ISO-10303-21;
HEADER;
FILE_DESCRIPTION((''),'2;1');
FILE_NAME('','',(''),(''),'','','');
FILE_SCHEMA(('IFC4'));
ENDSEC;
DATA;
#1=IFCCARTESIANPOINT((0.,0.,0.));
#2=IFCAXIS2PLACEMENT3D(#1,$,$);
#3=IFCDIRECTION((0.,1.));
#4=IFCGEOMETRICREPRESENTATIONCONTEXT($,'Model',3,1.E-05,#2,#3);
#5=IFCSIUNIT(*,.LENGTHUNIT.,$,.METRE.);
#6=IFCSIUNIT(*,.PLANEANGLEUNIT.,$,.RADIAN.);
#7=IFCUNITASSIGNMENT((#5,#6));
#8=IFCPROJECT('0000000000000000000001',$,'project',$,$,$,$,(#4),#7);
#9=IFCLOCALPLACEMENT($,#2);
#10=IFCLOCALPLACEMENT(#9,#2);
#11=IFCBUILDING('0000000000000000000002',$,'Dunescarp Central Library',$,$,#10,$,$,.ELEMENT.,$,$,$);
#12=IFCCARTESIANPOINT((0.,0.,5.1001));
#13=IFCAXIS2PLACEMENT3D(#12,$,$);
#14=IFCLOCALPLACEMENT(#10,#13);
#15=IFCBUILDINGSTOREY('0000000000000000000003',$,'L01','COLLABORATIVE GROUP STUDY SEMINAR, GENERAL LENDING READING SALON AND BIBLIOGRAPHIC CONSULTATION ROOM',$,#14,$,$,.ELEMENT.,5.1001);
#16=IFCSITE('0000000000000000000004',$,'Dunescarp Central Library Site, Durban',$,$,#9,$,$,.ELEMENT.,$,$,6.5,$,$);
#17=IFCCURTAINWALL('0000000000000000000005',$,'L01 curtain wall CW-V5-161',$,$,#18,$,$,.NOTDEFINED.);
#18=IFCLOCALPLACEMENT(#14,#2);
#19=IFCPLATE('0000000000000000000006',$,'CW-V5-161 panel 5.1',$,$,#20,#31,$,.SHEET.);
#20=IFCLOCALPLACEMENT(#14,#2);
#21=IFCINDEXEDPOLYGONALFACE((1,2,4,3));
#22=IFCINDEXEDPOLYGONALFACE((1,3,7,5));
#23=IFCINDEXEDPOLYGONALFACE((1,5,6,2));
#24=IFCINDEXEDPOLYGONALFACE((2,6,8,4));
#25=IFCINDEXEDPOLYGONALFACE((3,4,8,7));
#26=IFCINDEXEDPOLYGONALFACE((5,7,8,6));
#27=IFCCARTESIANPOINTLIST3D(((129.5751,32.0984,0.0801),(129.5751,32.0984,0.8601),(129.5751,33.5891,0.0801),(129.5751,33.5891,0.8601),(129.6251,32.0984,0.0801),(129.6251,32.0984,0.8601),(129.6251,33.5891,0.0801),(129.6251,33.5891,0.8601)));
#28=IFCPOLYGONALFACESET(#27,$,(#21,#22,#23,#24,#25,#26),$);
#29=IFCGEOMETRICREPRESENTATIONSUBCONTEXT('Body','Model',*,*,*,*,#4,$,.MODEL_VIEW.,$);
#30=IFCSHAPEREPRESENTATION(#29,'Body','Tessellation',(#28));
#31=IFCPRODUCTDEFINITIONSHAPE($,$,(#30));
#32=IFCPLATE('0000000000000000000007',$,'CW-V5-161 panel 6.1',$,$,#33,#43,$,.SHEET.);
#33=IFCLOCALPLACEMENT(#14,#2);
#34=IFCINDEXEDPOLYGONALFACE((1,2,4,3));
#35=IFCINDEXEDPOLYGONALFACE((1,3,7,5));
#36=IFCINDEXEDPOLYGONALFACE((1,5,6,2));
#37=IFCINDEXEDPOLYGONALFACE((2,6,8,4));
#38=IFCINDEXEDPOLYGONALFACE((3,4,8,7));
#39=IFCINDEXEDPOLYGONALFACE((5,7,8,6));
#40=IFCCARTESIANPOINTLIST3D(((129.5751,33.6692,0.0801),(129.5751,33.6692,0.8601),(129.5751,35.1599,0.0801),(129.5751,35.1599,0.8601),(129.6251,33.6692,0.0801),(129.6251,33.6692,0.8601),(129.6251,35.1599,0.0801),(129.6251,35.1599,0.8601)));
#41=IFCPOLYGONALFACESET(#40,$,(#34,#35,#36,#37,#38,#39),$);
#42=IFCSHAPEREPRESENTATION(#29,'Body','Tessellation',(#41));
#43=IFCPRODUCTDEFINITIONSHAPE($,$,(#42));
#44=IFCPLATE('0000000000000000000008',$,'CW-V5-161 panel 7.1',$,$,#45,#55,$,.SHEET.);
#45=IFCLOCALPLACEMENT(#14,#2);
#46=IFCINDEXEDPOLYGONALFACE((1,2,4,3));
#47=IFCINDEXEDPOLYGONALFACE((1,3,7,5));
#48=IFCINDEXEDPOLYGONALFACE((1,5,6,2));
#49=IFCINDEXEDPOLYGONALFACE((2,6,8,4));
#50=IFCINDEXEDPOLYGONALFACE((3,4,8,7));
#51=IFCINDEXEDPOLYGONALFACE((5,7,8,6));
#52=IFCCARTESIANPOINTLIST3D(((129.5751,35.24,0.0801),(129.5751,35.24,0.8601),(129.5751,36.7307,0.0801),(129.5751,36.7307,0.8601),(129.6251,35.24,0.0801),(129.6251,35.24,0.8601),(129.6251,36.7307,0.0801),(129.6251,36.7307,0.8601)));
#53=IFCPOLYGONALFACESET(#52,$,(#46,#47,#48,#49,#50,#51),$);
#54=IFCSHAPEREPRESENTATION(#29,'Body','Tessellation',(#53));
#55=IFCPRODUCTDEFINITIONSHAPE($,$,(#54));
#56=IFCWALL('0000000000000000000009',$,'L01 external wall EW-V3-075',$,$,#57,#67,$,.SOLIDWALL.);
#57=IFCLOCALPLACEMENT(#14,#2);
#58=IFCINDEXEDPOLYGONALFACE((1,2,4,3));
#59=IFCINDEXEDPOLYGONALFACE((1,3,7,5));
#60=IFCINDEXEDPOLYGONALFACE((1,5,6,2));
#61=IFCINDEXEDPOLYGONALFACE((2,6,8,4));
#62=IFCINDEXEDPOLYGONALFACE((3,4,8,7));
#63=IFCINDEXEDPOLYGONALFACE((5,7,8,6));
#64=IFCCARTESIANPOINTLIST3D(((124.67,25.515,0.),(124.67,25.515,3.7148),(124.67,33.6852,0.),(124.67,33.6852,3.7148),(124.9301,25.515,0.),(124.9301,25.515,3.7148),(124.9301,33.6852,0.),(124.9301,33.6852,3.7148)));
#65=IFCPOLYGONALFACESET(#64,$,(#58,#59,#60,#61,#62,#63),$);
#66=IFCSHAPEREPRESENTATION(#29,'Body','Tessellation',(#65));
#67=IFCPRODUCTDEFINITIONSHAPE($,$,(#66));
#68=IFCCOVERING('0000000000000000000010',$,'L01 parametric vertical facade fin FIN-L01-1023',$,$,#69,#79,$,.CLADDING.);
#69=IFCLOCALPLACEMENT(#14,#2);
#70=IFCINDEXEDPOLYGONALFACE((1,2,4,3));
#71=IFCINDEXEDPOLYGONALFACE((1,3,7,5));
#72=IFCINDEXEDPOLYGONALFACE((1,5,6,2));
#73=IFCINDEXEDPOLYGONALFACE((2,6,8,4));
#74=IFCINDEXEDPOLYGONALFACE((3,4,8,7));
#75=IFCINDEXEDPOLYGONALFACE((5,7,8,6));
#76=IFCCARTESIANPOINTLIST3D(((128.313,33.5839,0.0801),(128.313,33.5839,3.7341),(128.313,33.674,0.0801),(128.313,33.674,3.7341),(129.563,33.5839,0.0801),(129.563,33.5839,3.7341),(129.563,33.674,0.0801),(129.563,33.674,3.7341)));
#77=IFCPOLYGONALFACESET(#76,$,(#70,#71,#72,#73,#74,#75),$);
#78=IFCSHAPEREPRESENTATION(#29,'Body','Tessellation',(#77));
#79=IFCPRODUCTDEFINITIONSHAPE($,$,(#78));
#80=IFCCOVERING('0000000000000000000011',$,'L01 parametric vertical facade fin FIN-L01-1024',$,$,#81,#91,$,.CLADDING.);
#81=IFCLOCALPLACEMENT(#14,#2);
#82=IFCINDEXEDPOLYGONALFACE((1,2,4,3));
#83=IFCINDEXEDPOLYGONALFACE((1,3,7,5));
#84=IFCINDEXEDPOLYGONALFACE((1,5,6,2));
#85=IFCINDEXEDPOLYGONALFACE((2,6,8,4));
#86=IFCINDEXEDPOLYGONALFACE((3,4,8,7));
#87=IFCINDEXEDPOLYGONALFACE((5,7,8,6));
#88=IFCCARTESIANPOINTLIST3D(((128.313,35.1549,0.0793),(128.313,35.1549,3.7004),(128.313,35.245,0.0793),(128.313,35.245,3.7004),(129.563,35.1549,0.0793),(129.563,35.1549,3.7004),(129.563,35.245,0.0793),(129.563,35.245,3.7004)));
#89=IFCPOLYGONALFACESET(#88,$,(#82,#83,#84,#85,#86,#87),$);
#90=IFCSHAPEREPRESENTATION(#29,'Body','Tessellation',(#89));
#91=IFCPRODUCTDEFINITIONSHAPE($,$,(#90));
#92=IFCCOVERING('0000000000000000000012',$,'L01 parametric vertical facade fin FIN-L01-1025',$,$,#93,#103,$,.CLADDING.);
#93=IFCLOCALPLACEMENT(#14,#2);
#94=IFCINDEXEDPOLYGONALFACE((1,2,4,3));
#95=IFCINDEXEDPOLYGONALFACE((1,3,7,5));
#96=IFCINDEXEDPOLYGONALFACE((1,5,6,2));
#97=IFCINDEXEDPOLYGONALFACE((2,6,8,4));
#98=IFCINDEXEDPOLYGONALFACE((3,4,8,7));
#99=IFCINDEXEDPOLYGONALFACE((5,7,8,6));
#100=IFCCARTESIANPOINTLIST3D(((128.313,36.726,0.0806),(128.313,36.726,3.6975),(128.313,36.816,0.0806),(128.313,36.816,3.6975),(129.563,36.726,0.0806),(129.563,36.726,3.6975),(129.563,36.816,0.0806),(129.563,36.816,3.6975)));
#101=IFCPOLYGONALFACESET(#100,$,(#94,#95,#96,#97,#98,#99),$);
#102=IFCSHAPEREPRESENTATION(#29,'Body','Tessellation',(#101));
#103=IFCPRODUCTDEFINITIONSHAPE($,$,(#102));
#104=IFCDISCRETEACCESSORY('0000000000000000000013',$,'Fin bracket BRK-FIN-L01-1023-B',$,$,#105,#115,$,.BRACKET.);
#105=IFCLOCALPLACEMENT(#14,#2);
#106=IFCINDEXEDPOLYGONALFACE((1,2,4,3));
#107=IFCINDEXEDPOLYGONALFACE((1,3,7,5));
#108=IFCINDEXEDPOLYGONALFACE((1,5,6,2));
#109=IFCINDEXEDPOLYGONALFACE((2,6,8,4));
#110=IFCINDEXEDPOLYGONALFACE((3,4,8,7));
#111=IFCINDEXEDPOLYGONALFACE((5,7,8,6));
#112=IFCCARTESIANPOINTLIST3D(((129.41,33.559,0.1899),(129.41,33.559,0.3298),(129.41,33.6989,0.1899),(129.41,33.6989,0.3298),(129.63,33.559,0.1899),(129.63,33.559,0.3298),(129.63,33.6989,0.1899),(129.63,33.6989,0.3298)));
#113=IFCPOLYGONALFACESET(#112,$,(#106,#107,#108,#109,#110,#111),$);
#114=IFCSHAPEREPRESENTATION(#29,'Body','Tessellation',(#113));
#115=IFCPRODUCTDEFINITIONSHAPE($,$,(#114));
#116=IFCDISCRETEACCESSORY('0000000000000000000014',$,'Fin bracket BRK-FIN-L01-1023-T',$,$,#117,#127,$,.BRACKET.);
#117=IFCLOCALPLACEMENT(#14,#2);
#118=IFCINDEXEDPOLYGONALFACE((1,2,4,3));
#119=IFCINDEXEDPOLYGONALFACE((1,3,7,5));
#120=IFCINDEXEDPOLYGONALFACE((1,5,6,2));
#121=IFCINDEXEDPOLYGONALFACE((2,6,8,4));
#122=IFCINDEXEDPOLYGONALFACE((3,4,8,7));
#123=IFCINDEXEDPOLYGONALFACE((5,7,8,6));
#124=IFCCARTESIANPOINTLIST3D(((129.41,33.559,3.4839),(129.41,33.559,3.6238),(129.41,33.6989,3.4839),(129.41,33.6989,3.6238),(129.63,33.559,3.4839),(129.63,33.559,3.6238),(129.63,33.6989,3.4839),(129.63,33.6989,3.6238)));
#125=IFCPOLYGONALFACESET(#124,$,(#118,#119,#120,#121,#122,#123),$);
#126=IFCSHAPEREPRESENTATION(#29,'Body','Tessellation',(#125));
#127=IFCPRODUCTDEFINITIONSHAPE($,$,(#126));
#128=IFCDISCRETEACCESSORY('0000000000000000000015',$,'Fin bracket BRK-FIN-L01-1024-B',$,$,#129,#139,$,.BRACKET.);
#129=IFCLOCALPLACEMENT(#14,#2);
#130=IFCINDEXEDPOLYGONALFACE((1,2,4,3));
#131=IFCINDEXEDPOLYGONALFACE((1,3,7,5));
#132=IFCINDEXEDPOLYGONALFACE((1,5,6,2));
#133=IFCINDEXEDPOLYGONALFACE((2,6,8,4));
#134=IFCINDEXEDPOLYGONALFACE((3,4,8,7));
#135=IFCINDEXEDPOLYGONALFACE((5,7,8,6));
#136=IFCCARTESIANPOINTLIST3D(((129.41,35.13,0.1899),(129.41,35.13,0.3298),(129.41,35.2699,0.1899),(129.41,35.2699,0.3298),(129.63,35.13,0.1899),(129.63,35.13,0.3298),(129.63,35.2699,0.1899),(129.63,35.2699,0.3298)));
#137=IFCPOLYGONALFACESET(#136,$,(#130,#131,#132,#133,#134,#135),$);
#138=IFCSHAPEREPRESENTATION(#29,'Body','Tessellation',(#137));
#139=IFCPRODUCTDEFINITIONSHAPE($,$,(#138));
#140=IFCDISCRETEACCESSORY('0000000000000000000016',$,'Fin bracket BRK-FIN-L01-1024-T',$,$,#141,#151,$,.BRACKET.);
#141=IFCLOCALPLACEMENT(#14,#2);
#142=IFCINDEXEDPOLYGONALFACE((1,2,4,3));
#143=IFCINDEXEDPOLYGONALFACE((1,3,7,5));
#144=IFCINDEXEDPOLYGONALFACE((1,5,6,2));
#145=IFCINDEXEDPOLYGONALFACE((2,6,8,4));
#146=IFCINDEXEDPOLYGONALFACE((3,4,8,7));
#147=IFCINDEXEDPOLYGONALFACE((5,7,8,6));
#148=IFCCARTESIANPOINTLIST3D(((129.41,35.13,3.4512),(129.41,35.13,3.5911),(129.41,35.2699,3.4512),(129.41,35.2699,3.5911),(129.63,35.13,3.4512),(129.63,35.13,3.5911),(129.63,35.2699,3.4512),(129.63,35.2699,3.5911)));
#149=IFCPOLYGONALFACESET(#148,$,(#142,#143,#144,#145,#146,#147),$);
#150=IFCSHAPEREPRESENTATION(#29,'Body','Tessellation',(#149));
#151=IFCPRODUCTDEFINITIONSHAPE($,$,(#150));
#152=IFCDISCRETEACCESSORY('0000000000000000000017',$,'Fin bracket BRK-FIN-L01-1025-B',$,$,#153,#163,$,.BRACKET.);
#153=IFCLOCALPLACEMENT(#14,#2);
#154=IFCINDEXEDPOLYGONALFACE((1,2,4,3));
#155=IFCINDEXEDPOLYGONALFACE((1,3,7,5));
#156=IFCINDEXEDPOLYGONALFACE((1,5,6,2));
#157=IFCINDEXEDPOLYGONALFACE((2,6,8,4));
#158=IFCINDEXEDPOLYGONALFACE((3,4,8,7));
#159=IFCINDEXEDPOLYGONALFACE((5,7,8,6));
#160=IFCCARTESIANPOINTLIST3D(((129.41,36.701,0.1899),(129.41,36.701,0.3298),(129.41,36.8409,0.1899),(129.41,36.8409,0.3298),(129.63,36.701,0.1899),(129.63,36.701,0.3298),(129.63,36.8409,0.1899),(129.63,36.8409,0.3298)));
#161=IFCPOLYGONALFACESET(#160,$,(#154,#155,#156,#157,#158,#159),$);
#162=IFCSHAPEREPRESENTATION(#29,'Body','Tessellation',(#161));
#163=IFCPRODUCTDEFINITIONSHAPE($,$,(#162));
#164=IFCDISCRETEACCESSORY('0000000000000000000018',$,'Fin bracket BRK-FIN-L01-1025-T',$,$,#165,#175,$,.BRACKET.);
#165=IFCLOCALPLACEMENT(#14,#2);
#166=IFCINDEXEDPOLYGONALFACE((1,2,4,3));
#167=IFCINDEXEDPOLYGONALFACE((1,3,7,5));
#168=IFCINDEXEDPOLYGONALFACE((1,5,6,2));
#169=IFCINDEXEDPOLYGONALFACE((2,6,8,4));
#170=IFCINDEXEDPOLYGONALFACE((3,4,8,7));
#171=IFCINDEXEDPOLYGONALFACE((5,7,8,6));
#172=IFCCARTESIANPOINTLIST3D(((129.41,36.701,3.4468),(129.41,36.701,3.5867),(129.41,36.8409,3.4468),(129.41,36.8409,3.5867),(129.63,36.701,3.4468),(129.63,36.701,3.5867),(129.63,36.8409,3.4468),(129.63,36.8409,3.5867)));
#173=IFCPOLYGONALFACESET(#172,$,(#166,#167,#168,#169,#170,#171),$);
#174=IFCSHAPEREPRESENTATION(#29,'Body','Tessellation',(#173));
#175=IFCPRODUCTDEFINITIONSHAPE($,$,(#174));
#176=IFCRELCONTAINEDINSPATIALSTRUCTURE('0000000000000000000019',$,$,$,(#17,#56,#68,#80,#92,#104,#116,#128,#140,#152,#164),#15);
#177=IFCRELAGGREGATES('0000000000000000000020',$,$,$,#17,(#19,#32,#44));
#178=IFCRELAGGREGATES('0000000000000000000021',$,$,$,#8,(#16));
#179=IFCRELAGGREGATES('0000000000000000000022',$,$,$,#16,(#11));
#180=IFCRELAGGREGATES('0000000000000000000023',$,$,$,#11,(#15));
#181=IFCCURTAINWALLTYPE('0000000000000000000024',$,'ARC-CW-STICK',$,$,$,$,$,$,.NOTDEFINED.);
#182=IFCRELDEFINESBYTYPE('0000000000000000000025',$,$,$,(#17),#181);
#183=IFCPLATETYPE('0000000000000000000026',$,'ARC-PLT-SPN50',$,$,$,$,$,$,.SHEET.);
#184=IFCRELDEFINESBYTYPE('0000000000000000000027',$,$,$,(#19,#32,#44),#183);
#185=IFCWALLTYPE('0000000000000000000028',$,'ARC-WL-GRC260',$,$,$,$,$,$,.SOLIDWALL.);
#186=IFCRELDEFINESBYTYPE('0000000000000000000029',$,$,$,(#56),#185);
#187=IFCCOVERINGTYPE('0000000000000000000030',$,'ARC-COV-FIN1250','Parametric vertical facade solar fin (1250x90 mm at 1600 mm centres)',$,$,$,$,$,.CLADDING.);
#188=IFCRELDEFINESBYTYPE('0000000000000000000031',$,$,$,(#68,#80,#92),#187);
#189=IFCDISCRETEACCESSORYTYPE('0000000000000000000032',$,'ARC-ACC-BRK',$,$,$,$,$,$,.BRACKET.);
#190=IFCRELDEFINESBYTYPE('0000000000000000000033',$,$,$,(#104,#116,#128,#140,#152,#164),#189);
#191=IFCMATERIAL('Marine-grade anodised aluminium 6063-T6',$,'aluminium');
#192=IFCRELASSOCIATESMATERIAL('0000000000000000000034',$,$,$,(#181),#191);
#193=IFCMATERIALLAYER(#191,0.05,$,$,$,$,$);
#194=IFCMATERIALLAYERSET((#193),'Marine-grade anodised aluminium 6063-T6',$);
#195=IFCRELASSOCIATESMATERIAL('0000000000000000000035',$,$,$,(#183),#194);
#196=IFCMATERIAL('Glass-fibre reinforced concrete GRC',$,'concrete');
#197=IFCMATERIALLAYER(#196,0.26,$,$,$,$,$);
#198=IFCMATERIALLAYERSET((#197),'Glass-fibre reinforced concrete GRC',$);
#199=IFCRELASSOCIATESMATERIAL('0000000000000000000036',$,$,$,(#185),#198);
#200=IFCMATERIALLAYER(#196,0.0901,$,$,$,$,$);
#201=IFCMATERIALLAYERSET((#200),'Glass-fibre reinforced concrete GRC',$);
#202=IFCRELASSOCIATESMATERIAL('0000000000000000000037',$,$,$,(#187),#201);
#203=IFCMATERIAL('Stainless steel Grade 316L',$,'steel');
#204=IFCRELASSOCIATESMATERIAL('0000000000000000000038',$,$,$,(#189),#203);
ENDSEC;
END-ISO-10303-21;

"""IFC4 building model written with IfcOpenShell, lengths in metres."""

from ifc_helpers import new_model, si_unit, direction, frame, frame_2d, origin, origin_2d, place, context, subcontext, project, spatial, rectangle, extrude, material, layer, layer_set, type_object, element, aggregate, save


model = new_model("IFC4")

# Units and contexts
model_context = context("Model", 3, precision=1e-05, world=origin(), true_north=direction((0.0, 1.0)))
body_context = subcontext(model_context, "Body", "Model", "MODEL_VIEW")
ifc_project = project(units=[si_unit("LENGTHUNIT", "METRE"), si_unit("PLANEANGLEUNIT", "RADIAN")], contexts=[model_context])

# Site, building, storey
site_placement = place(None, origin())
site = spatial("IfcSite", under=ifc_project, at=site_placement, Name="Dunescarp Central Library Site, Durban", CompositionType="ELEMENT", RefElevation=6.5)
building_placement = place(site_placement, origin())
building = spatial("IfcBuilding", under=site, at=building_placement, Name="Dunescarp Central Library", CompositionType="ELEMENT")
storey_placement = place(building_placement, frame((0.0, 0.0, 5.1001)))
storey = spatial("IfcBuildingStorey", under=building, at=storey_placement, Name="L01", Description="COLLABORATIVE GROUP STUDY SEMINAR, GENERAL LENDING READING SALON AND BIBLIOGRAPHIC CONSULTATION ROOM", CompositionType="ELEMENT", Elevation=5.1001)

# Curtain wall, plates
ifc_material_1 = material(Name="Marine-grade anodised aluminium 6063-T6", Category="aluminium")
curtain_wall_type = type_object("IfcCurtainWallType", Name="ARC-CW-STICK", PredefinedType="NOTDEFINED", material=ifc_material_1)
curtain_wall_placement = place(storey_placement, origin())
curtain_wall = element("IfcCurtainWall", 1, at=curtain_wall_placement, inside=storey, type_object=curtain_wall_type, Name="L01 curtain wall CW-V5-161", PredefinedType="NOTDEFINED")
ifc_layer_1 = layer(ifc_material_1, 0.05)
ifc_layer_set_1 = layer_set([ifc_layer_1], Name="Marine-grade anodised aluminium 6063-T6")
plate_type_1 = type_object("IfcPlateType", Name="ARC-PLT-SPN50", PredefinedType="SHEET", material=ifc_layer_set_1)
plate_1_placement = place(storey_placement, frame((129.6001, 32.8438, 0.0801), z_axis=(0.0, 0.0, 1.0), x_axis=(0.0, 1.0, 0.0)))
plate_1 = element("IfcPlate", 2, at=plate_1_placement, type_object=plate_type_1, Name="CW-V5-161 panel 5.1", PredefinedType="SHEET", context=body_context, shape_type="SweptSolid", body=[
    extrude(rectangle(XDim=1.4907, YDim=0.05, at=origin_2d()), origin(), (0.0, 0.0, 1.0), 0.78),
])
plate_2_placement = place(storey_placement, frame((129.6001, 34.4146, 0.0801), z_axis=(0.0, 0.0, 1.0), x_axis=(0.0, 1.0, 0.0)))
plate_2 = element("IfcPlate", 3, at=plate_2_placement, type_object=plate_type_1, Name="CW-V5-161 panel 6.1", PredefinedType="SHEET", context=body_context, shape_type="SweptSolid", body=[
    extrude(rectangle(XDim=1.4907, YDim=0.05, at=origin_2d()), origin(), (0.0, 0.0, 1.0), 0.78),
])
plate_3_placement = place(storey_placement, frame((129.6001, 35.9854, 0.0801), z_axis=(0.0, 0.0, 1.0), x_axis=(0.0, 1.0, 0.0)))
plate_3 = element("IfcPlate", 4, at=plate_3_placement, type_object=plate_type_1, Name="CW-V5-161 panel 7.1", PredefinedType="SHEET", context=body_context, shape_type="SweptSolid", body=[
    extrude(rectangle(XDim=1.4907, YDim=0.05, at=origin_2d()), origin(), (0.0, 0.0, 1.0), 0.78),
])
aggregate(curtain_wall, [plate_1, plate_2, plate_3])

# Wall
ifc_material_2 = material(Name="Glass-fibre reinforced concrete GRC", Category="concrete")
ifc_layer_2 = layer(ifc_material_2, 0.26)
ifc_layer_set_2 = layer_set([ifc_layer_2], Name="Glass-fibre reinforced concrete GRC")
wall_type = type_object("IfcWallType", Name="ARC-WL-GRC260", PredefinedType="SOLIDWALL", material=ifc_layer_set_2)
wall_placement = place(storey_placement, frame((124.8, 33.6851, 0.0), z_axis=(0.0, 0.0, 1.0), x_axis=(0.0, -1.0, 0.0)))
element("IfcWall", 5, at=wall_placement, inside=storey, type_object=wall_type, Name="L01 external wall EW-V3-075", PredefinedType="SOLIDWALL", context=body_context, shape_type="SweptSolid", body=[
    extrude(rectangle(XDim=8.1702, YDim=0.26, at=frame_2d((4.085, 0.0))), origin(), (0.0, 0.0, 1.0), 3.7148),
])

# Coverings
ifc_layer_3 = layer(ifc_material_2, 0.0901)
ifc_layer_set_3 = layer_set([ifc_layer_3], Name="Glass-fibre reinforced concrete GRC")
covering_type = type_object("IfcCoveringType", Name="ARC-COV-FIN1250", Description="Parametric vertical facade solar fin (1250x90 mm at 1600 mm centres)", PredefinedType="CLADDING", material=ifc_layer_set_3)
covering_1_placement = place(storey_placement, frame((128.938, 33.6289, 0.0801), z_axis=(0.0, 0.0, 1.0), x_axis=(-1.0, 0.0, 0.0)))
element("IfcCovering", 6, at=covering_1_placement, inside=storey, type_object=covering_type, Name="L01 parametric vertical facade fin FIN-L01-1023", PredefinedType="CLADDING", context=body_context, shape_type="SweptSolid", body=[
    extrude(rectangle(XDim=1.25, YDim=0.0901, at=origin_2d()), origin(), (0.0, 0.0, 1.0), 3.6541),
])
covering_2_placement = place(storey_placement, frame((128.938, 35.2, 0.0793), z_axis=(0.0, 0.0, 1.0), x_axis=(-1.0, 0.0, 0.0)))
element("IfcCovering", 7, at=covering_2_placement, inside=storey, type_object=covering_type, Name="L01 parametric vertical facade fin FIN-L01-1024", PredefinedType="CLADDING", context=body_context, shape_type="SweptSolid", body=[
    extrude(rectangle(XDim=1.25, YDim=0.0901, at=origin_2d()), origin(), (0.0, 0.0, 1.0), 3.6211),
])
covering_3_placement = place(storey_placement, frame((128.938, 36.771, 0.0806), z_axis=(0.0, 0.0, 1.0), x_axis=(-1.0, 0.0, 0.0)))
element("IfcCovering", 8, at=covering_3_placement, inside=storey, type_object=covering_type, Name="L01 parametric vertical facade fin FIN-L01-1025", PredefinedType="CLADDING", context=body_context, shape_type="SweptSolid", body=[
    extrude(rectangle(XDim=1.25, YDim=0.0901, at=origin_2d()), origin(), (0.0, 0.0, 1.0), 3.6169),
])

# Discrete accessories
ifc_material_3 = material(Name="Stainless steel Grade 316L", Category="steel")
discrete_accessory_type = type_object("IfcDiscreteAccessoryType", Name="ARC-ACC-BRK", PredefinedType="BRACKET", material=ifc_material_3)
for number, where, z_axis, x_axis, name in (
    (9, (129.52, 33.6289, 0.1899), (0.0, 0.0, 1.0), (-1.0, 0.0, 0.0), "Fin bracket BRK-FIN-L01-1023-B"),
    (10, (129.52, 33.6289, 3.4839), (0.0, 0.0, 1.0), (-1.0, 0.0, 0.0), "Fin bracket BRK-FIN-L01-1023-T"),
    (11, (129.52, 35.2, 0.1899), (0.0, 0.0, 1.0), (-1.0, 0.0, 0.0), "Fin bracket BRK-FIN-L01-1024-B"),
    (12, (129.52, 35.2, 3.4512), (0.0, 0.0, 1.0), (-1.0, 0.0, 0.0), "Fin bracket BRK-FIN-L01-1024-T"),
    (13, (129.52, 36.771, 0.1899), (0.0, 0.0, 1.0), (-1.0, 0.0, 0.0), "Fin bracket BRK-FIN-L01-1025-B"),
    (14, (129.52, 36.771, 3.4468), (0.0, 0.0, 1.0), (-1.0, 0.0, 0.0), "Fin bracket BRK-FIN-L01-1025-T"),
):
    element("IfcDiscreteAccessory", number, at=place(storey_placement, frame(where, z_axis=z_axis, x_axis=x_axis)), inside=storey, type_object=discrete_accessory_type, Name=name, PredefinedType="BRACKET", context=body_context, shape_type="SweptSolid", body=[
        extrude(rectangle(XDim=0.22, YDim=0.1399, at=origin_2d()), origin(), (0.0, 0.0, 1.0), 0.1399),
    ])

save(model, "model.ifc")
